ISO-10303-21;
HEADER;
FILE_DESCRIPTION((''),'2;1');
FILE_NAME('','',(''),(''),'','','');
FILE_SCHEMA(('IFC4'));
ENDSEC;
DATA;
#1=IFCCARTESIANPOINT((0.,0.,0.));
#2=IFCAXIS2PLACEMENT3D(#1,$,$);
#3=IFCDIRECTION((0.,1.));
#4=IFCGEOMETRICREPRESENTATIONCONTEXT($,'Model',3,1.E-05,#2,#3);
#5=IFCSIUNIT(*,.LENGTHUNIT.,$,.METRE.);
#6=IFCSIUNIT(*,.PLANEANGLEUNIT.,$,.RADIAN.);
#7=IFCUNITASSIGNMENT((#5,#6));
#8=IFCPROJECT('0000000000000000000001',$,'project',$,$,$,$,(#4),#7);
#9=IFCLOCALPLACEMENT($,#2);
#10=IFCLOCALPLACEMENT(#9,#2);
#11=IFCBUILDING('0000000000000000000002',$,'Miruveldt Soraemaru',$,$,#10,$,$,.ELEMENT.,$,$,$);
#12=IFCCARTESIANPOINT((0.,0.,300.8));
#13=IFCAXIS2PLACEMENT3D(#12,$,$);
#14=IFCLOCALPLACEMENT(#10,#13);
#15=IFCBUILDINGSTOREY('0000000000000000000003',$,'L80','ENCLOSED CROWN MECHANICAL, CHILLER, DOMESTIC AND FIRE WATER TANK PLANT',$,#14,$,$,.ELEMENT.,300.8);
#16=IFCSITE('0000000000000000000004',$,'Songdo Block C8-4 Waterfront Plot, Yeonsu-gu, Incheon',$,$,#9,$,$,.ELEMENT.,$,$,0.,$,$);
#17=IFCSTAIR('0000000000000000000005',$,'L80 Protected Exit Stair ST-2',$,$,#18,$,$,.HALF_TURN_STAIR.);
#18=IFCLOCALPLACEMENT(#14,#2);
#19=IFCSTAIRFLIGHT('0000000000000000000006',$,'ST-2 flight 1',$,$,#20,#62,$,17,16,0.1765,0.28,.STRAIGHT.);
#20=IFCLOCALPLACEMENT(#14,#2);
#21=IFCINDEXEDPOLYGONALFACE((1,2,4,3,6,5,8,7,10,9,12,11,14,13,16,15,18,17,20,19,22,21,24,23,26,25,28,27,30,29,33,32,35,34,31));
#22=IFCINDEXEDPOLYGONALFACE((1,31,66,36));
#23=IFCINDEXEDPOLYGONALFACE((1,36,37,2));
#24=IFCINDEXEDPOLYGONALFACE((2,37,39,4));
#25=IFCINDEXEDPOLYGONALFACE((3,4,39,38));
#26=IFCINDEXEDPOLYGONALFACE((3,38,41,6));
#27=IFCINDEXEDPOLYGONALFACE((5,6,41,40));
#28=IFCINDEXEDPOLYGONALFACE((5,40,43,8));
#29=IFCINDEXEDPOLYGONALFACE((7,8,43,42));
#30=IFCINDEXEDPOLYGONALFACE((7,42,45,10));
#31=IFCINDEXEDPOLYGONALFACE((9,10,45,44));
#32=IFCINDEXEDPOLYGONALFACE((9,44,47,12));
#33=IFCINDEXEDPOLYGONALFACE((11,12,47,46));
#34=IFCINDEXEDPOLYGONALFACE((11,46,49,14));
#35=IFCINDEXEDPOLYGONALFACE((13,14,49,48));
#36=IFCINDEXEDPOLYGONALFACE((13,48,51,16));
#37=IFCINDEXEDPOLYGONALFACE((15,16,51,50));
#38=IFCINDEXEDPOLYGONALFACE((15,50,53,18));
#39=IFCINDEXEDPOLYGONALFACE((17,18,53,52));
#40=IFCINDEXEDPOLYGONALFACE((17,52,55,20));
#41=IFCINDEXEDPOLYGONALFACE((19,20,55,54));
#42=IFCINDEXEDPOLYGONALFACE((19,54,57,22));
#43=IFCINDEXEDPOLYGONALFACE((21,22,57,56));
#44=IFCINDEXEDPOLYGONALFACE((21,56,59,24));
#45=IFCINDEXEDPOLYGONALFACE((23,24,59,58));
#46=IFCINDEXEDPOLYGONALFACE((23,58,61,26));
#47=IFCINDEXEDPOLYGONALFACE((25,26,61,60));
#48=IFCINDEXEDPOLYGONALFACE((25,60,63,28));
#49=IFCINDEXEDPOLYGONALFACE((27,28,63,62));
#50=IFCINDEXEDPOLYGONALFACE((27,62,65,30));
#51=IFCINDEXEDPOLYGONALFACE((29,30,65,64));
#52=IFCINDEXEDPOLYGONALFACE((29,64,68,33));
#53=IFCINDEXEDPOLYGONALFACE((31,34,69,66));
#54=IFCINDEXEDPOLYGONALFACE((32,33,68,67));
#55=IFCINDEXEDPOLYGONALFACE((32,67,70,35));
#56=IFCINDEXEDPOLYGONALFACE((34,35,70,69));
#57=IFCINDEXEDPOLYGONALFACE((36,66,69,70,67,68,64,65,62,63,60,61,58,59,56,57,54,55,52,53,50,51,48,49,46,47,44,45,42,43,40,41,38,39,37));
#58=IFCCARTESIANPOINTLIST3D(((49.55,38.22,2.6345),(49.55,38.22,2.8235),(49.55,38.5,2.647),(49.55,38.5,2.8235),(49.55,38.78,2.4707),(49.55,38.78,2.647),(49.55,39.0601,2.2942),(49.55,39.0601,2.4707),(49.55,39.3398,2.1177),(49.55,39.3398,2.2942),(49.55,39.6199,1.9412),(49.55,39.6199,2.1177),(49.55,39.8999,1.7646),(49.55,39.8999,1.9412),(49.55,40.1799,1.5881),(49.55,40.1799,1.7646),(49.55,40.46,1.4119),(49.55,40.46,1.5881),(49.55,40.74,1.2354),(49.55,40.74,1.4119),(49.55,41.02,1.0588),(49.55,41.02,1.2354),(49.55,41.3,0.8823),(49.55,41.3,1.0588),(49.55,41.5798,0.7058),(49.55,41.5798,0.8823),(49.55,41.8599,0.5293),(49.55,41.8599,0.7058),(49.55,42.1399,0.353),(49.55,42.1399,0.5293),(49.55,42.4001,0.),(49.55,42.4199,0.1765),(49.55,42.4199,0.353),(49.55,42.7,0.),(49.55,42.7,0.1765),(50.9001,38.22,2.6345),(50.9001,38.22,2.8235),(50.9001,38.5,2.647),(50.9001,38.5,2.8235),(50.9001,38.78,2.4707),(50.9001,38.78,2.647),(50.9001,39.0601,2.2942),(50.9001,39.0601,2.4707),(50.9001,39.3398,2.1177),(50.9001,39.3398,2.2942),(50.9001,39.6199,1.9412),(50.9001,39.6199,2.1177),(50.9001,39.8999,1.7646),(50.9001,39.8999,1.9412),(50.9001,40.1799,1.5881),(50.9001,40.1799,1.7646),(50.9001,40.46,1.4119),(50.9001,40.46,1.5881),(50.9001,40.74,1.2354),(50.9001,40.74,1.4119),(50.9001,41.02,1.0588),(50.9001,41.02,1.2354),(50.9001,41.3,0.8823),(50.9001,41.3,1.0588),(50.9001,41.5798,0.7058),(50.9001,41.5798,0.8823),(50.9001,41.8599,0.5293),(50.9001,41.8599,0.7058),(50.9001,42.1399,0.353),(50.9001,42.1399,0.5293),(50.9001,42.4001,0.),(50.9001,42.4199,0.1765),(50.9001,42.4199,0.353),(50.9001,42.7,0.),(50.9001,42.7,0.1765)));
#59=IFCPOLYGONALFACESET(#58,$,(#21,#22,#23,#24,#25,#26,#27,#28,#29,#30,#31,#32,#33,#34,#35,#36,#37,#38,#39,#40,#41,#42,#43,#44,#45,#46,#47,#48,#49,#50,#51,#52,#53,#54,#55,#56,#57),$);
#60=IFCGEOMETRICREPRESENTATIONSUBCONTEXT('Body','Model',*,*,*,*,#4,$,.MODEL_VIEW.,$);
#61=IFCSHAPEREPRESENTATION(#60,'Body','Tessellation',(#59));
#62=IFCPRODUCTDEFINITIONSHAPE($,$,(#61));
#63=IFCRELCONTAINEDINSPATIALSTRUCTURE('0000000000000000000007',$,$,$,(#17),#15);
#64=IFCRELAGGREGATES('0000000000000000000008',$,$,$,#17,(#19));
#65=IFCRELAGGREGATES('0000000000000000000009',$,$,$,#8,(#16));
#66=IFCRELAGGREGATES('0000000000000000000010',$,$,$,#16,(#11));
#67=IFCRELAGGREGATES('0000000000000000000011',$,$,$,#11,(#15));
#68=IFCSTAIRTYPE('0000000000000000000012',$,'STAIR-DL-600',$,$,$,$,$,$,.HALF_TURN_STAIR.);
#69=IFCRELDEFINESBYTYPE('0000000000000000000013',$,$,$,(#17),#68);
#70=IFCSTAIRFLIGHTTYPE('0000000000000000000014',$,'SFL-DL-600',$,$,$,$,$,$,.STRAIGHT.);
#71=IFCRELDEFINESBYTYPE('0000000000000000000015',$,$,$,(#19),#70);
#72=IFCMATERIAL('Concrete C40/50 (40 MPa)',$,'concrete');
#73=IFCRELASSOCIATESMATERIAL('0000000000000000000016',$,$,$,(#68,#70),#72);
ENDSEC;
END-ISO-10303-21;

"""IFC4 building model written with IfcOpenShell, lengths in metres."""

from ifc_helpers import new_model, si_unit, direction, frame, origin, place, context, subcontext, project, spatial, polyline, outline, extrude, material, type_object, element, aggregate, save


model = new_model("IFC4")

# Units and contexts
model_context = context("Model", 3, precision=1e-05, world=origin(), true_north=direction((0.0, 1.0)))
body_context = subcontext(model_context, "Body", "Model", "MODEL_VIEW")
ifc_project = project(units=[si_unit("LENGTHUNIT", "METRE"), si_unit("PLANEANGLEUNIT", "RADIAN")], contexts=[model_context])

# Site, building, storey
site_placement = place(None, origin())
site = spatial("IfcSite", under=ifc_project, at=site_placement, Name="Songdo Block C8-4 Waterfront Plot, Yeonsu-gu, Incheon", CompositionType="ELEMENT", RefElevation=0.0)
building_placement = place(site_placement, origin())
building = spatial("IfcBuilding", under=site, at=building_placement, Name="Miruveldt Soraemaru", CompositionType="ELEMENT")
storey_placement = place(building_placement, frame((0.0, 0.0, 300.8)))
storey = spatial("IfcBuildingStorey", under=building, at=storey_placement, Name="L80", Description="ENCLOSED CROWN MECHANICAL, CHILLER, DOMESTIC AND FIRE WATER TANK PLANT", CompositionType="ELEMENT", Elevation=300.8)

# Shared definitions
ifc_material_1 = material(Name="Concrete C40/50 (40 MPa)", Category="concrete")

# Stair, stair flight
stair_type = type_object("IfcStairType", Name="STAIR-DL-600", PredefinedType="HALF_TURN_STAIR", material=ifc_material_1)
stair_placement = place(storey_placement, origin())
stair = element("IfcStair", 1, at=stair_placement, inside=storey, type_object=stair_type, Name="L80 Protected Exit Stair ST-2", PredefinedType="HALF_TURN_STAIR")
stair_flight_type = type_object("IfcStairFlightType", Name="SFL-DL-600", PredefinedType="STRAIGHT", material=ifc_material_1)
stair_flight_placement = place(storey_placement, frame((50.2251, 42.7, 0.0), z_axis=(0.0, 0.0, 1.0), x_axis=(0.0, -1.0, 0.0)))
stair_flight = element("IfcStairFlight", 2, at=stair_flight_placement, type_object=stair_flight_type, Name="ST-2 flight 1", NumberOfRisers=17, NumberOfTreads=16, PredefinedType="STRAIGHT", RiserHeight=0.1765, TreadLength=0.28, context=body_context, shape_type="SweptSolid", body=[
    extrude(outline(polyline([(0.0, 0.0), (0.0, 0.1765), (0.28, 0.1765), (0.28, 0.353), (0.5601, 0.353), (0.5601, 0.5293), (0.8401, 0.5293), (0.8401, 0.7058), (1.1201, 0.7058), (1.1201, 0.8823), (1.3999, 0.8823), (1.3999, 1.0588), (1.6799, 1.0588), (1.6799, 1.2354), (1.96, 1.2354), (1.96, 1.4119), (2.24, 1.4119), (2.24, 1.5881), (2.52, 1.5881), (2.52, 1.7646), (2.8, 1.7646), (2.8, 1.9412), (3.0801, 1.9412), (3.0801, 2.1177), (3.3601, 2.1177), (3.3601, 2.2942), (3.6399, 2.2942), (3.6399, 2.4707), (3.9199, 2.4707), (3.9199, 2.647), (4.2, 2.647), (4.2, 2.8235), (4.48, 2.8235), (4.48, 3.0), (4.48, 2.6345), (0.2998, 0.0), (0.0, 0.0)])), frame((0.0, 0.675, 0.0), z_axis=(0.0, -1.0, 0.0), x_axis=(1.0, 0.0, 0.0)), (0.0, 0.0, 1.0), 1.3501),
])
aggregate(stair, [stair_flight])

save(model, "model.ifc")
